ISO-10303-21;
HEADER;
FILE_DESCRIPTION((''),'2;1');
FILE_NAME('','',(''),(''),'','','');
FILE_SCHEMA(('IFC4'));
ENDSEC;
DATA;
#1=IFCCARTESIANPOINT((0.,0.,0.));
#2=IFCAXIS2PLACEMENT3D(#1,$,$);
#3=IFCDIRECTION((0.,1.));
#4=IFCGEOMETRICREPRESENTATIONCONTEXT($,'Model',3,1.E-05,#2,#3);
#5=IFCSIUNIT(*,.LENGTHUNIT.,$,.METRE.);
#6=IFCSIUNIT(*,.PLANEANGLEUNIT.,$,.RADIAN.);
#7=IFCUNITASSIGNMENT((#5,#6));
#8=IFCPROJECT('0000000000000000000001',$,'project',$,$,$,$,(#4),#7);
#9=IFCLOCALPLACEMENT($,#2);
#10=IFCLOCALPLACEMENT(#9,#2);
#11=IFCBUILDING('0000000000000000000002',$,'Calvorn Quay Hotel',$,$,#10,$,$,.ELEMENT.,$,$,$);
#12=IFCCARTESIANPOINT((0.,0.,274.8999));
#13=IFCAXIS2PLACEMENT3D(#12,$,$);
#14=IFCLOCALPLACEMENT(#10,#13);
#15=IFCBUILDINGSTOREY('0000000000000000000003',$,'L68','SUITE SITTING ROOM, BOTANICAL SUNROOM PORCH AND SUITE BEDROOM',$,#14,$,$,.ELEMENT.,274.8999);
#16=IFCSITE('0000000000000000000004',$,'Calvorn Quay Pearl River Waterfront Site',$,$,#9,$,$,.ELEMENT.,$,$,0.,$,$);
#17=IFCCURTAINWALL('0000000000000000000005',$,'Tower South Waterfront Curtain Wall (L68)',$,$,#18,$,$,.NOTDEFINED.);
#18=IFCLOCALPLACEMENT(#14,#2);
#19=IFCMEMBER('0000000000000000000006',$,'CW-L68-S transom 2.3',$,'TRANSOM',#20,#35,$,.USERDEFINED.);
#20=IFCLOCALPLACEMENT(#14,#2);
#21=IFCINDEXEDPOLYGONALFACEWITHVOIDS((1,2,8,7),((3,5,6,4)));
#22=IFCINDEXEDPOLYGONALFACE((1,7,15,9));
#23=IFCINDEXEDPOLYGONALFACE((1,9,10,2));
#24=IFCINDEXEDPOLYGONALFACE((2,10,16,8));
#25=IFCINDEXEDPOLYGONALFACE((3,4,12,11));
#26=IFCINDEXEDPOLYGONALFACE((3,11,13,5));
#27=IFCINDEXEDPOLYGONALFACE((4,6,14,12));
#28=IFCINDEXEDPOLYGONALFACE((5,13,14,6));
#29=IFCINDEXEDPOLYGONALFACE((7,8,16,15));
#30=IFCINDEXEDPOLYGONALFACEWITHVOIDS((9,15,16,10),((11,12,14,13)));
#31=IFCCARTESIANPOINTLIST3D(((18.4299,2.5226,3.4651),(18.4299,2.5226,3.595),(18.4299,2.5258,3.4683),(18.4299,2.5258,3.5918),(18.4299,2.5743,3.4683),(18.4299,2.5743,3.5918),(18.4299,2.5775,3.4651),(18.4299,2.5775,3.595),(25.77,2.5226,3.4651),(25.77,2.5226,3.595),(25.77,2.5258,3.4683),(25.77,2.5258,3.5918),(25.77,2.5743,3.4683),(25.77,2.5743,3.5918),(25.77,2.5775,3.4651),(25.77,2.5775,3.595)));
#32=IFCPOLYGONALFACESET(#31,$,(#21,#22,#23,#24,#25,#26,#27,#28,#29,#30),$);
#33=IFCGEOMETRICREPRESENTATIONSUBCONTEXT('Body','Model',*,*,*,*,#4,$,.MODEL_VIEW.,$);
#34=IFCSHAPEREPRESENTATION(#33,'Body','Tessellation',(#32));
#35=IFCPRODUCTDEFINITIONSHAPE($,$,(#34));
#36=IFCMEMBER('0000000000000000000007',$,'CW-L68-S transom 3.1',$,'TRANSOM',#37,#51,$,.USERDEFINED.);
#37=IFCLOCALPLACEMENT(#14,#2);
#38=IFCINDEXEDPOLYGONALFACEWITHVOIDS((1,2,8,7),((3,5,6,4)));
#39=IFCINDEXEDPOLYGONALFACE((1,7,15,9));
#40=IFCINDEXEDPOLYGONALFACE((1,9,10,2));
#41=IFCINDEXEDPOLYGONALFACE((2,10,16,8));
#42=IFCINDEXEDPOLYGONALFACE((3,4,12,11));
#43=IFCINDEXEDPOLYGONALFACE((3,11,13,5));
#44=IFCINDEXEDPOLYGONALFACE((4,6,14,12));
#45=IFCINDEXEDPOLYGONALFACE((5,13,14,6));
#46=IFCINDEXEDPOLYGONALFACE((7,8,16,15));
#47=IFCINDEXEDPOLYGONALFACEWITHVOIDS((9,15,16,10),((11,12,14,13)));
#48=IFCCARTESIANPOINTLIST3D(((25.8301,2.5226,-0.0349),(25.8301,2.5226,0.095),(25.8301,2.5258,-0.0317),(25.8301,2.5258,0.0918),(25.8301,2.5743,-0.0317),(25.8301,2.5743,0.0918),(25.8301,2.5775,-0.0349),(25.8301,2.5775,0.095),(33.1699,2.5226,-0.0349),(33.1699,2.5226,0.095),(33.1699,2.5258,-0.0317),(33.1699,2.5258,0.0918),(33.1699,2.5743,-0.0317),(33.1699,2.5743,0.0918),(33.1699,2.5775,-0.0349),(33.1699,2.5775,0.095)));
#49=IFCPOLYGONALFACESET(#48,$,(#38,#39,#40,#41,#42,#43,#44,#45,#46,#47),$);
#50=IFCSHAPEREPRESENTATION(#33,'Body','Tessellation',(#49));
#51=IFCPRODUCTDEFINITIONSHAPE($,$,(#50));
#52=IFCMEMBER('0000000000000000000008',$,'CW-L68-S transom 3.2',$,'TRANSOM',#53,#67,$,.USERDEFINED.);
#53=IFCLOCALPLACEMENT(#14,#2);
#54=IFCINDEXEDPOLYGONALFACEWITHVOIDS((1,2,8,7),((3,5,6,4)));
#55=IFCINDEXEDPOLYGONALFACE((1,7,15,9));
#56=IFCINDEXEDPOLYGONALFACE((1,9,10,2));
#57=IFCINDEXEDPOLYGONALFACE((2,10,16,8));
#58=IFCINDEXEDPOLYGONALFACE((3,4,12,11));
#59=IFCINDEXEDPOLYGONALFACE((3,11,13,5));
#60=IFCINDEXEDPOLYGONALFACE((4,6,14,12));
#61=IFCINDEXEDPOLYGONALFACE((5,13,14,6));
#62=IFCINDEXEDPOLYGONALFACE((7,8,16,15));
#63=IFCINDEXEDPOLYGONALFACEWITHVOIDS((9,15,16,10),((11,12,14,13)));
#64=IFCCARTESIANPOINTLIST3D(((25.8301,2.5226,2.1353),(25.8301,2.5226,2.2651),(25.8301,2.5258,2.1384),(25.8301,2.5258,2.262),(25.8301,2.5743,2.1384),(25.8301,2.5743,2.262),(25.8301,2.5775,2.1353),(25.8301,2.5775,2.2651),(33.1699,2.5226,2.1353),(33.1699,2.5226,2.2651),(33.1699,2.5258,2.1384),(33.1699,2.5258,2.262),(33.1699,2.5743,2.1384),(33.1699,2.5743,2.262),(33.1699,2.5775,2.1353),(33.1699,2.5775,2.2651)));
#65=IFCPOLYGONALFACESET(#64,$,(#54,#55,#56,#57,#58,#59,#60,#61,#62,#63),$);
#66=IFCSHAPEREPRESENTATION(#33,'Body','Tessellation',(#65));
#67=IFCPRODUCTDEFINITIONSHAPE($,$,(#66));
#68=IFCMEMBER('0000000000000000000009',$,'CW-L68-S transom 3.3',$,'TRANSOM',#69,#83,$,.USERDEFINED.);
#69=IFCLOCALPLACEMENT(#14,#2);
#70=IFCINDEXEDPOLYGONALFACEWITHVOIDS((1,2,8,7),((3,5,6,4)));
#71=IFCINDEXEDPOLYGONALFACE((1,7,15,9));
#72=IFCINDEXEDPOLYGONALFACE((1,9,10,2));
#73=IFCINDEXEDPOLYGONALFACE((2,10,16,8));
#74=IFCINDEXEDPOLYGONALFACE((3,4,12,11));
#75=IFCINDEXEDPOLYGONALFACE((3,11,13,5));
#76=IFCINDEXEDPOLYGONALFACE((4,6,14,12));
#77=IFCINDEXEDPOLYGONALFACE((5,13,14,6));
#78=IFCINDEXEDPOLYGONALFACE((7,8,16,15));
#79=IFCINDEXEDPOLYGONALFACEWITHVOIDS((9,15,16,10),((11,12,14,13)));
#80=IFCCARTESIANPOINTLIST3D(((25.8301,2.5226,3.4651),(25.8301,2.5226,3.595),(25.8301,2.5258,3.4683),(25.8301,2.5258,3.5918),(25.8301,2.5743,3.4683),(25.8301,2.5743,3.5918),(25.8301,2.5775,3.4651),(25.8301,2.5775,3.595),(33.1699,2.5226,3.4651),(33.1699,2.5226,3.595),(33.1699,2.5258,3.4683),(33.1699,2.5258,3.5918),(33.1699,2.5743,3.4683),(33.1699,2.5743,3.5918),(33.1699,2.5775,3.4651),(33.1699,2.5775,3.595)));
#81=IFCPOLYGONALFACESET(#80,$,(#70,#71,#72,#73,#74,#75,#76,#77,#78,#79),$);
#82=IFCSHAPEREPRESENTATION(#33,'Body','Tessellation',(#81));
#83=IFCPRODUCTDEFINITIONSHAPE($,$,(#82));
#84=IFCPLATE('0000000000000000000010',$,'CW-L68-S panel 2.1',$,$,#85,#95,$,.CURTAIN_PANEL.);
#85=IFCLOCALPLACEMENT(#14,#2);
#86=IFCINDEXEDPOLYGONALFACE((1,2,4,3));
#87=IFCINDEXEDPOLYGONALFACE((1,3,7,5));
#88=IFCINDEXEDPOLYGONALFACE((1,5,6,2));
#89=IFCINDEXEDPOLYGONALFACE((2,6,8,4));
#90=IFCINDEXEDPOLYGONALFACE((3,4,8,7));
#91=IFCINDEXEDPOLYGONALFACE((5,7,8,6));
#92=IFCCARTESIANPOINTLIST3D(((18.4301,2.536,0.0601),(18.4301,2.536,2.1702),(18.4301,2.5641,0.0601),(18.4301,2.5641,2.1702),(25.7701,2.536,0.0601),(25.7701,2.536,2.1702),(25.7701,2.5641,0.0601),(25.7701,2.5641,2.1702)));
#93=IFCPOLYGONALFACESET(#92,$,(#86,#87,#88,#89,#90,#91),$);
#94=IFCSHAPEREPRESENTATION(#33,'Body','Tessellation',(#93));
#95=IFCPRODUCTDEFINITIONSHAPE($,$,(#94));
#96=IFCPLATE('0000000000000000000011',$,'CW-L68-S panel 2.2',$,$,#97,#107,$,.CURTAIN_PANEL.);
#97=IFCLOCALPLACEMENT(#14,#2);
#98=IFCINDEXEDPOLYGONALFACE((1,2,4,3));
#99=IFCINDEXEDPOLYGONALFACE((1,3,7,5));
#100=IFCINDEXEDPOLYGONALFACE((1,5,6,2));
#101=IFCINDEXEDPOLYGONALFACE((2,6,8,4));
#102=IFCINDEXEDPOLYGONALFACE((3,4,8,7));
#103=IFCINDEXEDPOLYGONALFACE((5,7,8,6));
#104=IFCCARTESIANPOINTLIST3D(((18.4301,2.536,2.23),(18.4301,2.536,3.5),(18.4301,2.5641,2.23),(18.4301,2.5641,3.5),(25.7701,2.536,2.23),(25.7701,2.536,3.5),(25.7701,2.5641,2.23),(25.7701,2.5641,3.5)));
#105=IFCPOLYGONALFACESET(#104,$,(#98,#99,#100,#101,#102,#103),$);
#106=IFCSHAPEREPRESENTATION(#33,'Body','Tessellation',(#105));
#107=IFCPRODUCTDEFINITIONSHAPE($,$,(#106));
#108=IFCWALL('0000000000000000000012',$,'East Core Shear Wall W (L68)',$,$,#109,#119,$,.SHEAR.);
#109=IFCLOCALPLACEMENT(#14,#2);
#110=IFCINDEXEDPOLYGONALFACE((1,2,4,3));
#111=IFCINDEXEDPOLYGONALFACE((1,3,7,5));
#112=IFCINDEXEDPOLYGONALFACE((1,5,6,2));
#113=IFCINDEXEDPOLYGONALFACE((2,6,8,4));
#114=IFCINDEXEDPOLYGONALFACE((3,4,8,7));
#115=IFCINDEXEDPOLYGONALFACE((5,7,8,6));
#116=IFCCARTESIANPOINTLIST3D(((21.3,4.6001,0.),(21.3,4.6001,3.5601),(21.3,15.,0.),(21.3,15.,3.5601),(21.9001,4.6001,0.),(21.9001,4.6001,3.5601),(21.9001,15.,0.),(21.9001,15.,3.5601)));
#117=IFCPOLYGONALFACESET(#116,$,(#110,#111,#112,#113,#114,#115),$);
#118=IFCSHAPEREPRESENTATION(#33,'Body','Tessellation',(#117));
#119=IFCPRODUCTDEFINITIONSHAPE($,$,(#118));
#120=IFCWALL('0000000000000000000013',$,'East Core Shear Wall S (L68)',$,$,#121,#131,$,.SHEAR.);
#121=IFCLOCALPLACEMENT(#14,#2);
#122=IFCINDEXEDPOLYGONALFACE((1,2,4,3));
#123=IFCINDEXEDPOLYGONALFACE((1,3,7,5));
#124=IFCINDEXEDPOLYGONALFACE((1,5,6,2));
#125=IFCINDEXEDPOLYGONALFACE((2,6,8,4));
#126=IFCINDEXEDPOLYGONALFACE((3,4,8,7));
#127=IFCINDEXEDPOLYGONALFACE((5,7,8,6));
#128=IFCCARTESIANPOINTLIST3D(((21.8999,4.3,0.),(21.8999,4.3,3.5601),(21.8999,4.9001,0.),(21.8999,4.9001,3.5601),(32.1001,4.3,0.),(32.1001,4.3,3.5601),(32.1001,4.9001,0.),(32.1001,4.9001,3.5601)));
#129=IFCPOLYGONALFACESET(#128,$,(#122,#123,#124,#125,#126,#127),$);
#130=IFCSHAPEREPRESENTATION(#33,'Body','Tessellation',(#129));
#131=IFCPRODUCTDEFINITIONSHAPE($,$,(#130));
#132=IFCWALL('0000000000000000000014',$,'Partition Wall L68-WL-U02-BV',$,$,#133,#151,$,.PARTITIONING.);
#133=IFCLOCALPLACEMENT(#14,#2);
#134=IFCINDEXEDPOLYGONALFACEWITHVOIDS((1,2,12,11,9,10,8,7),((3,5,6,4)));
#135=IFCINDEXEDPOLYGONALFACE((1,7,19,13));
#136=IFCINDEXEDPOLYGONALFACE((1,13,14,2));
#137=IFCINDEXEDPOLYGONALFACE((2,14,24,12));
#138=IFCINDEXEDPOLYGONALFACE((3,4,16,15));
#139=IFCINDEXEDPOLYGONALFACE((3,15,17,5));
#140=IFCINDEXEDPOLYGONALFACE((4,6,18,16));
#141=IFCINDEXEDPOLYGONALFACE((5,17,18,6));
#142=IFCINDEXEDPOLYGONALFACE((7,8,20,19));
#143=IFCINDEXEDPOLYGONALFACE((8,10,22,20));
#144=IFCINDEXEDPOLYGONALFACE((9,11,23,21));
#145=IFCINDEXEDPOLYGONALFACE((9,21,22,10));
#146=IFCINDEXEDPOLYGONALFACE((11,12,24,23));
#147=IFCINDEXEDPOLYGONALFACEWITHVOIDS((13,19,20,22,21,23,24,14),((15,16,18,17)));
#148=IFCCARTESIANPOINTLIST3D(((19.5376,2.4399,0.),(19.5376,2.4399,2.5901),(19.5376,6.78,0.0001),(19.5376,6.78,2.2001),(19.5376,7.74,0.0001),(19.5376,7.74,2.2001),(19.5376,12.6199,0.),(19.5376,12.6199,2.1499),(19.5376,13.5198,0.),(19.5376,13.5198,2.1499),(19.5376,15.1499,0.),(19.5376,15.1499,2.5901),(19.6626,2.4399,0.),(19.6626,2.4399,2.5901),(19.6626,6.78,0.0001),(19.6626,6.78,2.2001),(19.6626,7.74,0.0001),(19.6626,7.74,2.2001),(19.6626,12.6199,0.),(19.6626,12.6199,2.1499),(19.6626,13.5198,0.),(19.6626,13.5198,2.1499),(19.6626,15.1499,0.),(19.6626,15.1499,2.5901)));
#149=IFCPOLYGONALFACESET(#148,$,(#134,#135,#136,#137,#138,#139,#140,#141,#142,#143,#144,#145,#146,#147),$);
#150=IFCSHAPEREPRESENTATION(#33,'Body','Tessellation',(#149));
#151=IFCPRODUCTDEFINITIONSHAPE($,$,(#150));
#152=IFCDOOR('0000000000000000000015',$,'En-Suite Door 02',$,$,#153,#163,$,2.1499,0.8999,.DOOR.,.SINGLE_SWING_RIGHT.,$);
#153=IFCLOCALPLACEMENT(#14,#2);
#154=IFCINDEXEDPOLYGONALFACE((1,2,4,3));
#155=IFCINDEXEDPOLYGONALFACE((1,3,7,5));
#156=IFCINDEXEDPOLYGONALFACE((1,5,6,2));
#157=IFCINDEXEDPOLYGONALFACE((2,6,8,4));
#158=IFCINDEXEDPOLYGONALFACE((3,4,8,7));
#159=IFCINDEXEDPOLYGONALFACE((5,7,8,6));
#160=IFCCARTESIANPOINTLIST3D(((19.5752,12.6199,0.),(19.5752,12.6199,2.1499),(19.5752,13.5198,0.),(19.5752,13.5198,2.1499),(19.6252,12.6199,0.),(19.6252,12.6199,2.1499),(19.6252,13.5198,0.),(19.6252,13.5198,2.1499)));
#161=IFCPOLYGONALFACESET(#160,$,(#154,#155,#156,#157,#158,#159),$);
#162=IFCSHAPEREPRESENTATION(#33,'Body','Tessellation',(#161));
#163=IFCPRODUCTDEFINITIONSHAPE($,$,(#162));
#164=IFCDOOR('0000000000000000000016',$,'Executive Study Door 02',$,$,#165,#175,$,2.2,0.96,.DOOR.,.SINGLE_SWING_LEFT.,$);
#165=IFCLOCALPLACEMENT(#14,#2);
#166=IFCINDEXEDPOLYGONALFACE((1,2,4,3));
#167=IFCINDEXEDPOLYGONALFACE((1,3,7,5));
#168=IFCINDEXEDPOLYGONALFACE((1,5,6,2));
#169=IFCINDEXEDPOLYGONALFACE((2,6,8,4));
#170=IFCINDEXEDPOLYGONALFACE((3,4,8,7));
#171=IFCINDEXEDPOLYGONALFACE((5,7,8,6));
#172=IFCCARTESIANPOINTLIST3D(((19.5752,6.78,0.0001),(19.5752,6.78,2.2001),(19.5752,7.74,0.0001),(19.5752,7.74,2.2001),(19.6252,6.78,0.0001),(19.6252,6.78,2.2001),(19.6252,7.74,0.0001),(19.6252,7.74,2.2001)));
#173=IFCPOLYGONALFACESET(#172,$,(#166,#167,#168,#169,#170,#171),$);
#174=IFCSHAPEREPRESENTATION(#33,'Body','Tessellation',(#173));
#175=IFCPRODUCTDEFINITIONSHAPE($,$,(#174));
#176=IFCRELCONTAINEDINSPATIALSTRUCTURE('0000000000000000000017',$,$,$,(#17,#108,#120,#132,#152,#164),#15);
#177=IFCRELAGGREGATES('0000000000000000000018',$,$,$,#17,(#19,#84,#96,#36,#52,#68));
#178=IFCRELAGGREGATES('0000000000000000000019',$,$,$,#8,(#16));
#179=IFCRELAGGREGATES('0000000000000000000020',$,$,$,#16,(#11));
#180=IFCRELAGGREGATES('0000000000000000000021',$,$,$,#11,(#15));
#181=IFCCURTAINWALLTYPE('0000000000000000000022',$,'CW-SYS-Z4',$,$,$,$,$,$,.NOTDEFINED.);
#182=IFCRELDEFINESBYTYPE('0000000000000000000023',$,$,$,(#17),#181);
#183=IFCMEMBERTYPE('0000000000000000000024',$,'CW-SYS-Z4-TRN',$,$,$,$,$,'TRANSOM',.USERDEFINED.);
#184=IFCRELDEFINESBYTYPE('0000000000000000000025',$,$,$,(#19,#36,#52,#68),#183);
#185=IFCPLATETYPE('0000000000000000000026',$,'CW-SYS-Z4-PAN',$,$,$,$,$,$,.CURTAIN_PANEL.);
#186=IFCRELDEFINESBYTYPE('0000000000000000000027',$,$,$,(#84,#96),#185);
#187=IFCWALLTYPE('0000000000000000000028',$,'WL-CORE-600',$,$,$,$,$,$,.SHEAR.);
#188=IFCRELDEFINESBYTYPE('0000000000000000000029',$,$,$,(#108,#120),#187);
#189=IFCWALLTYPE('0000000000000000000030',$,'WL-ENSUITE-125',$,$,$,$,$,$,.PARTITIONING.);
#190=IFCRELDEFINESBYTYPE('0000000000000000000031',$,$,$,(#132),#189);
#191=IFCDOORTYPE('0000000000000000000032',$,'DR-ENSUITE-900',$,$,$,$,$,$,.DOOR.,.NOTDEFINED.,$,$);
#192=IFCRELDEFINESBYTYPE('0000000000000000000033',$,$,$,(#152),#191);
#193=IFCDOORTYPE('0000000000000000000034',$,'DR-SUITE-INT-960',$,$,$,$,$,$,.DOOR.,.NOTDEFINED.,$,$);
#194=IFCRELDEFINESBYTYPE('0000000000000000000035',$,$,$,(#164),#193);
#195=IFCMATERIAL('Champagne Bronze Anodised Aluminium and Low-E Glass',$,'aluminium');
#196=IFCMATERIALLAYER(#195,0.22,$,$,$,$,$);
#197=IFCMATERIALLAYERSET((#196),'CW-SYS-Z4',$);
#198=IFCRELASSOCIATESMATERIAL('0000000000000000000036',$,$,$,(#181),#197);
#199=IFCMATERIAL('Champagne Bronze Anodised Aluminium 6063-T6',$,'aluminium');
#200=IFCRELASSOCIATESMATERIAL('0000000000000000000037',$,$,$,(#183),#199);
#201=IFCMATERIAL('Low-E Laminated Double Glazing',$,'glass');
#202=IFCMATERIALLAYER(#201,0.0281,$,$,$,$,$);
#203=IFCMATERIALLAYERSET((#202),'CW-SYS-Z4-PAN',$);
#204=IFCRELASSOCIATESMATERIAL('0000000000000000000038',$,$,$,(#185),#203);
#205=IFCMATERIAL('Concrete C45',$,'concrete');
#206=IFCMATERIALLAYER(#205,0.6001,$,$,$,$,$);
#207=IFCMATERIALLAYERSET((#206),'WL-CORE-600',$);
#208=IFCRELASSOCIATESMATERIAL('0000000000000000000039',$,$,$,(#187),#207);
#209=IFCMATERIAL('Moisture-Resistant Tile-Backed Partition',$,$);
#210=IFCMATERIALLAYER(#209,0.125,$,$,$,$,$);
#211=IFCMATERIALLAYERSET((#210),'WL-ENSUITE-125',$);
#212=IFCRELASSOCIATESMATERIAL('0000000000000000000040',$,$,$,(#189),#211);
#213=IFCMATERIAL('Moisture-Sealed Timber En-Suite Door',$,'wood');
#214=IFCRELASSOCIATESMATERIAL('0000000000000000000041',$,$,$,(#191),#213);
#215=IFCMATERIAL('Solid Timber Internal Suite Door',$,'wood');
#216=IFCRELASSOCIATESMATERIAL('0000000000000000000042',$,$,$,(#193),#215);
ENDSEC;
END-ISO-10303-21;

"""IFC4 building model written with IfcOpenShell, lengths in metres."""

from ifc_helpers import new_model, si_unit, direction, frame, frame_2d, origin, origin_2d, place, context, subcontext, project, spatial, rectangle, hollow_rectangle, extrude, material, layer, layer_set, material_profile, profile_set, type_object, element, fill, aggregate, save


model = new_model("IFC4")

# Units and contexts
model_context = context("Model", 3, precision=1e-05, world=origin(), true_north=direction((0.0, 1.0)))
body_context = subcontext(model_context, "Body", "Model", "MODEL_VIEW")
ifc_project = project(units=[si_unit("LENGTHUNIT", "METRE"), si_unit("PLANEANGLEUNIT", "RADIAN")], contexts=[model_context])

# Site, building, storey
site_placement = place(None, origin())
site = spatial("IfcSite", under=ifc_project, at=site_placement, Name="Calvorn Quay Pearl River Waterfront Site", CompositionType="ELEMENT", RefElevation=0.0)
building_placement = place(site_placement, origin())
building = spatial("IfcBuilding", under=site, at=building_placement, Name="Calvorn Quay Hotel", CompositionType="ELEMENT")
storey_placement = place(building_placement, frame((0.0, 0.0, 274.8999)))
storey = spatial("IfcBuildingStorey", under=building, at=storey_placement, Name="L68", Description="SUITE SITTING ROOM, BOTANICAL SUNROOM PORCH AND SUITE BEDROOM", CompositionType="ELEMENT", Elevation=274.8999)

# Curtain wall, members, plates
ifc_material_1 = material(Name="Champagne Bronze Anodised Aluminium and Low-E Glass", Category="aluminium")
ifc_layer_1 = layer(ifc_material_1, 0.22)
ifc_layer_set_1 = layer_set([ifc_layer_1], Name="CW-SYS-Z4")
curtain_wall_type = type_object("IfcCurtainWallType", Name="CW-SYS-Z4", PredefinedType="NOTDEFINED", material=ifc_layer_set_1)
curtain_wall_placement = place(storey_placement, origin())
curtain_wall = element("IfcCurtainWall", 1, at=curtain_wall_placement, inside=storey, type_object=curtain_wall_type, Name="Tower South Waterfront Curtain Wall (L68)", PredefinedType="NOTDEFINED")
ifc_material_2 = material(Name="Champagne Bronze Anodised Aluminium 6063-T6", Category="aluminium")
ifc_material_profile_1 = material_profile(ifc_material_2, hollow_rectangle(XDim=0.0549, YDim=0.1299, WallThickness=0.0032, at=origin_2d()), Name="ALU-T130x55x3.2")
ifc_profile_set_1 = profile_set([ifc_material_profile_1], Name="Champagne Bronze Anodised Aluminium 6063-T6")
member_type_1 = type_object("IfcMemberType", Name="CW-SYS-Z4-TRN", ElementType="TRANSOM", PredefinedType="USERDEFINED", material=ifc_profile_set_1)
member_1_placement = place(storey_placement, frame((18.4299, 2.55, 3.53), z_axis=(1.0, 0.0, 0.0), x_axis=(0.0, 1.0, 0.0)))
member_1 = element("IfcMember", 2, at=member_1_placement, type_object=member_type_1, Name="CW-L68-S transom 2.3", ObjectType="TRANSOM", PredefinedType="USERDEFINED", context=body_context, shape_type="SweptSolid", body=[
    extrude(hollow_rectangle(XDim=0.0549, YDim=0.1299, WallThickness=0.0032, at=origin_2d()), origin(), (0.0, 0.0, 1.0), 7.3401),
])
member_2_placement = place(storey_placement, frame((25.8301, 2.55, 0.03), z_axis=(1.0, 0.0, 0.0), x_axis=(0.0, 1.0, 0.0)))
member_2 = element("IfcMember", 3, at=member_2_placement, type_object=member_type_1, Name="CW-L68-S transom 3.1", ObjectType="TRANSOM", PredefinedType="USERDEFINED", context=body_context, shape_type="SweptSolid", body=[
    extrude(hollow_rectangle(XDim=0.0549, YDim=0.1299, WallThickness=0.0032, at=origin_2d()), origin(), (0.0, 0.0, 1.0), 7.3398),
])
member_3_placement = place(storey_placement, frame((25.8301, 2.55, 2.2002), z_axis=(1.0, 0.0, 0.0), x_axis=(0.0, 1.0, 0.0)))
member_3 = element("IfcMember", 4, at=member_3_placement, type_object=member_type_1, Name="CW-L68-S transom 3.2", ObjectType="TRANSOM", PredefinedType="USERDEFINED", context=body_context, shape_type="SweptSolid", body=[
    extrude(hollow_rectangle(XDim=0.0549, YDim=0.1299, WallThickness=0.0032, at=origin_2d()), origin(), (0.0, 0.0, 1.0), 7.3398),
])
member_4_placement = place(storey_placement, frame((25.8301, 2.55, 3.53), z_axis=(1.0, 0.0, 0.0), x_axis=(0.0, 1.0, 0.0)))
member_4 = element("IfcMember", 5, at=member_4_placement, type_object=member_type_1, Name="CW-L68-S transom 3.3", ObjectType="TRANSOM", PredefinedType="USERDEFINED", context=body_context, shape_type="SweptSolid", body=[
    extrude(hollow_rectangle(XDim=0.0549, YDim=0.1299, WallThickness=0.0032, at=origin_2d()), origin(), (0.0, 0.0, 1.0), 7.3398),
])
ifc_material_3 = material(Name="Low-E Laminated Double Glazing", Category="glass")
ifc_layer_2 = layer(ifc_material_3, 0.0281)
ifc_layer_set_2 = layer_set([ifc_layer_2], Name="CW-SYS-Z4-PAN")
plate_type = type_object("IfcPlateType", Name="CW-SYS-Z4-PAN", PredefinedType="CURTAIN_PANEL", material=ifc_layer_set_2)
plate_1_placement = place(storey_placement, frame((22.1001, 2.55, 0.0601), z_axis=(0.0, 0.0, 1.0), x_axis=(1.0, 0.0, 0.0)))
plate_1 = element("IfcPlate", 6, at=plate_1_placement, type_object=plate_type, Name="CW-L68-S panel 2.1", PredefinedType="CURTAIN_PANEL", context=body_context, shape_type="SweptSolid", body=[
    extrude(rectangle(XDim=7.3401, YDim=0.0281, at=origin_2d()), origin(), (0.0, 0.0, 1.0), 2.1101),
])
plate_2_placement = place(storey_placement, frame((22.1001, 2.55, 2.23), z_axis=(0.0, 0.0, 1.0), x_axis=(1.0, 0.0, 0.0)))
plate_2 = element("IfcPlate", 7, at=plate_2_placement, type_object=plate_type, Name="CW-L68-S panel 2.2", PredefinedType="CURTAIN_PANEL", context=body_context, shape_type="SweptSolid", body=[
    extrude(rectangle(XDim=7.3401, YDim=0.0281, at=origin_2d()), origin(), (0.0, 0.0, 1.0), 1.27),
])
aggregate(curtain_wall, [member_1, plate_1, plate_2, member_2, member_3, member_4])

# Walls
ifc_material_4 = material(Name="Concrete C45", Category="concrete")
ifc_layer_3 = layer(ifc_material_4, 0.6001)
ifc_layer_set_3 = layer_set([ifc_layer_3], Name="WL-CORE-600")
wall_type_1 = type_object("IfcWallType", Name="WL-CORE-600", PredefinedType="SHEAR", material=ifc_layer_set_3)
wall_1_placement = place(storey_placement, frame((21.6001, 4.6001, 0.0), z_axis=(0.0, 0.0, 1.0), x_axis=(0.0, 1.0, 0.0)))
element("IfcWall", 8, at=wall_1_placement, inside=storey, type_object=wall_type_1, Name="East Core Shear Wall W (L68)", PredefinedType="SHEAR", context=body_context, shape_type="SweptSolid", body=[
    extrude(rectangle(XDim=10.3999, YDim=0.6001, at=frame_2d((5.2, 0.0))), origin(), (0.0, 0.0, 1.0), 3.5601),
])
wall_2_placement = place(storey_placement, frame((21.8999, 4.6001, 0.0), z_axis=(0.0, 0.0, 1.0), x_axis=(1.0, 0.0, 0.0)))
element("IfcWall", 9, at=wall_2_placement, inside=storey, type_object=wall_type_1, Name="East Core Shear Wall S (L68)", PredefinedType="SHEAR", context=body_context, shape_type="SweptSolid", body=[
    extrude(rectangle(XDim=10.2002, YDim=0.6001, at=frame_2d((5.1001, 0.0))), origin(), (0.0, 0.0, 1.0), 3.5601),
])

# Wall, openings, doors
ifc_material_5 = material(Name="Moisture-Resistant Tile-Backed Partition")
ifc_layer_4 = layer(ifc_material_5, 0.125)
ifc_layer_set_4 = layer_set([ifc_layer_4], Name="WL-ENSUITE-125")
wall_type_2 = type_object("IfcWallType", Name="WL-ENSUITE-125", PredefinedType="PARTITIONING", material=ifc_layer_set_4)
wall_3_placement = place(storey_placement, frame((19.6001, 2.4399, 0.0), z_axis=(0.0, 0.0, 1.0), x_axis=(0.0, 1.0, 0.0)))
wall_3 = element("IfcWall", 10, at=wall_3_placement, inside=storey, type_object=wall_type_2, Name="Partition Wall L68-WL-U02-BV", PredefinedType="PARTITIONING", context=body_context, shape_type="SweptSolid", body=[
    extrude(rectangle(XDim=12.71, YDim=0.125, at=frame_2d((6.355, 0.0))), origin(), (0.0, 0.0, 1.0), 2.5901),
])
opening_1_placement = place(wall_3_placement, frame((4.3401, 0.0, 0.0)))
opening_1 = element("IfcOpeningElement", 11, at=opening_1_placement, cuts=wall_3, PredefinedType="OPENING", context=body_context, shape_type="SweptSolid", body=[
    extrude(rectangle(XDim=0.96, YDim=2.2, at=frame_2d((0.48, 1.1001))), frame((0.0, 0.0725, 0.0), z_axis=(0.0, -1.0, 0.0), x_axis=(1.0, 0.0, 0.0)), (0.0, 0.0, 1.0), 0.145),
])
opening_2_placement = place(wall_3_placement, frame((10.1799, 0.0, 0.0)))
opening_2 = element("IfcOpeningElement", 12, at=opening_2_placement, cuts=wall_3, PredefinedType="OPENING", context=body_context, shape_type="SweptSolid", body=[
    extrude(rectangle(XDim=0.8999, YDim=2.1499, at=frame_2d((0.45, 1.075))), frame((0.0, 0.0725, 0.0), z_axis=(0.0, -1.0, 0.0), x_axis=(1.0, 0.0, 0.0)), (0.0, 0.0, 1.0), 0.145),
])
ifc_material_6 = material(Name="Moisture-Sealed Timber En-Suite Door", Category="wood")
door_type_1 = type_object("IfcDoorType", Name="DR-ENSUITE-900", OperationType="NOTDEFINED", PredefinedType="DOOR", material=ifc_material_6)
door_1_placement = place(opening_2_placement, origin())
door_1 = element("IfcDoor", 13, at=door_1_placement, inside=storey, type_object=door_type_1, Name="En-Suite Door 02", OperationType="SINGLE_SWING_RIGHT", OverallHeight=2.1499, OverallWidth=0.8999, PredefinedType="DOOR", context=body_context, shape_type="SweptSolid", body=[
    extrude(rectangle(XDim=0.8999, YDim=2.1499, at=frame_2d((0.45, 1.075))), frame((0.0, 0.0249, 0.0), z_axis=(0.0, -1.0, 0.0), x_axis=(1.0, 0.0, 0.0)), (0.0, 0.0, 1.0), 0.05),
])
fill(opening_2, door_1)
ifc_material_7 = material(Name="Solid Timber Internal Suite Door", Category="wood")
door_type_2 = type_object("IfcDoorType", Name="DR-SUITE-INT-960", OperationType="NOTDEFINED", PredefinedType="DOOR", material=ifc_material_7)
door_2_placement = place(opening_1_placement, origin())
door_2 = element("IfcDoor", 14, at=door_2_placement, inside=storey, type_object=door_type_2, Name="Executive Study Door 02", OperationType="SINGLE_SWING_LEFT", OverallHeight=2.2, OverallWidth=0.96, PredefinedType="DOOR", context=body_context, shape_type="SweptSolid", body=[
    extrude(rectangle(XDim=0.96, YDim=2.2, at=frame_2d((0.48, 1.1001))), frame((0.0, 0.0249, 0.0), z_axis=(0.0, -1.0, 0.0), x_axis=(1.0, 0.0, 0.0)), (0.0, 0.0, 1.0), 0.05),
])
fill(opening_1, door_2)

save(model, "model.ifc")
